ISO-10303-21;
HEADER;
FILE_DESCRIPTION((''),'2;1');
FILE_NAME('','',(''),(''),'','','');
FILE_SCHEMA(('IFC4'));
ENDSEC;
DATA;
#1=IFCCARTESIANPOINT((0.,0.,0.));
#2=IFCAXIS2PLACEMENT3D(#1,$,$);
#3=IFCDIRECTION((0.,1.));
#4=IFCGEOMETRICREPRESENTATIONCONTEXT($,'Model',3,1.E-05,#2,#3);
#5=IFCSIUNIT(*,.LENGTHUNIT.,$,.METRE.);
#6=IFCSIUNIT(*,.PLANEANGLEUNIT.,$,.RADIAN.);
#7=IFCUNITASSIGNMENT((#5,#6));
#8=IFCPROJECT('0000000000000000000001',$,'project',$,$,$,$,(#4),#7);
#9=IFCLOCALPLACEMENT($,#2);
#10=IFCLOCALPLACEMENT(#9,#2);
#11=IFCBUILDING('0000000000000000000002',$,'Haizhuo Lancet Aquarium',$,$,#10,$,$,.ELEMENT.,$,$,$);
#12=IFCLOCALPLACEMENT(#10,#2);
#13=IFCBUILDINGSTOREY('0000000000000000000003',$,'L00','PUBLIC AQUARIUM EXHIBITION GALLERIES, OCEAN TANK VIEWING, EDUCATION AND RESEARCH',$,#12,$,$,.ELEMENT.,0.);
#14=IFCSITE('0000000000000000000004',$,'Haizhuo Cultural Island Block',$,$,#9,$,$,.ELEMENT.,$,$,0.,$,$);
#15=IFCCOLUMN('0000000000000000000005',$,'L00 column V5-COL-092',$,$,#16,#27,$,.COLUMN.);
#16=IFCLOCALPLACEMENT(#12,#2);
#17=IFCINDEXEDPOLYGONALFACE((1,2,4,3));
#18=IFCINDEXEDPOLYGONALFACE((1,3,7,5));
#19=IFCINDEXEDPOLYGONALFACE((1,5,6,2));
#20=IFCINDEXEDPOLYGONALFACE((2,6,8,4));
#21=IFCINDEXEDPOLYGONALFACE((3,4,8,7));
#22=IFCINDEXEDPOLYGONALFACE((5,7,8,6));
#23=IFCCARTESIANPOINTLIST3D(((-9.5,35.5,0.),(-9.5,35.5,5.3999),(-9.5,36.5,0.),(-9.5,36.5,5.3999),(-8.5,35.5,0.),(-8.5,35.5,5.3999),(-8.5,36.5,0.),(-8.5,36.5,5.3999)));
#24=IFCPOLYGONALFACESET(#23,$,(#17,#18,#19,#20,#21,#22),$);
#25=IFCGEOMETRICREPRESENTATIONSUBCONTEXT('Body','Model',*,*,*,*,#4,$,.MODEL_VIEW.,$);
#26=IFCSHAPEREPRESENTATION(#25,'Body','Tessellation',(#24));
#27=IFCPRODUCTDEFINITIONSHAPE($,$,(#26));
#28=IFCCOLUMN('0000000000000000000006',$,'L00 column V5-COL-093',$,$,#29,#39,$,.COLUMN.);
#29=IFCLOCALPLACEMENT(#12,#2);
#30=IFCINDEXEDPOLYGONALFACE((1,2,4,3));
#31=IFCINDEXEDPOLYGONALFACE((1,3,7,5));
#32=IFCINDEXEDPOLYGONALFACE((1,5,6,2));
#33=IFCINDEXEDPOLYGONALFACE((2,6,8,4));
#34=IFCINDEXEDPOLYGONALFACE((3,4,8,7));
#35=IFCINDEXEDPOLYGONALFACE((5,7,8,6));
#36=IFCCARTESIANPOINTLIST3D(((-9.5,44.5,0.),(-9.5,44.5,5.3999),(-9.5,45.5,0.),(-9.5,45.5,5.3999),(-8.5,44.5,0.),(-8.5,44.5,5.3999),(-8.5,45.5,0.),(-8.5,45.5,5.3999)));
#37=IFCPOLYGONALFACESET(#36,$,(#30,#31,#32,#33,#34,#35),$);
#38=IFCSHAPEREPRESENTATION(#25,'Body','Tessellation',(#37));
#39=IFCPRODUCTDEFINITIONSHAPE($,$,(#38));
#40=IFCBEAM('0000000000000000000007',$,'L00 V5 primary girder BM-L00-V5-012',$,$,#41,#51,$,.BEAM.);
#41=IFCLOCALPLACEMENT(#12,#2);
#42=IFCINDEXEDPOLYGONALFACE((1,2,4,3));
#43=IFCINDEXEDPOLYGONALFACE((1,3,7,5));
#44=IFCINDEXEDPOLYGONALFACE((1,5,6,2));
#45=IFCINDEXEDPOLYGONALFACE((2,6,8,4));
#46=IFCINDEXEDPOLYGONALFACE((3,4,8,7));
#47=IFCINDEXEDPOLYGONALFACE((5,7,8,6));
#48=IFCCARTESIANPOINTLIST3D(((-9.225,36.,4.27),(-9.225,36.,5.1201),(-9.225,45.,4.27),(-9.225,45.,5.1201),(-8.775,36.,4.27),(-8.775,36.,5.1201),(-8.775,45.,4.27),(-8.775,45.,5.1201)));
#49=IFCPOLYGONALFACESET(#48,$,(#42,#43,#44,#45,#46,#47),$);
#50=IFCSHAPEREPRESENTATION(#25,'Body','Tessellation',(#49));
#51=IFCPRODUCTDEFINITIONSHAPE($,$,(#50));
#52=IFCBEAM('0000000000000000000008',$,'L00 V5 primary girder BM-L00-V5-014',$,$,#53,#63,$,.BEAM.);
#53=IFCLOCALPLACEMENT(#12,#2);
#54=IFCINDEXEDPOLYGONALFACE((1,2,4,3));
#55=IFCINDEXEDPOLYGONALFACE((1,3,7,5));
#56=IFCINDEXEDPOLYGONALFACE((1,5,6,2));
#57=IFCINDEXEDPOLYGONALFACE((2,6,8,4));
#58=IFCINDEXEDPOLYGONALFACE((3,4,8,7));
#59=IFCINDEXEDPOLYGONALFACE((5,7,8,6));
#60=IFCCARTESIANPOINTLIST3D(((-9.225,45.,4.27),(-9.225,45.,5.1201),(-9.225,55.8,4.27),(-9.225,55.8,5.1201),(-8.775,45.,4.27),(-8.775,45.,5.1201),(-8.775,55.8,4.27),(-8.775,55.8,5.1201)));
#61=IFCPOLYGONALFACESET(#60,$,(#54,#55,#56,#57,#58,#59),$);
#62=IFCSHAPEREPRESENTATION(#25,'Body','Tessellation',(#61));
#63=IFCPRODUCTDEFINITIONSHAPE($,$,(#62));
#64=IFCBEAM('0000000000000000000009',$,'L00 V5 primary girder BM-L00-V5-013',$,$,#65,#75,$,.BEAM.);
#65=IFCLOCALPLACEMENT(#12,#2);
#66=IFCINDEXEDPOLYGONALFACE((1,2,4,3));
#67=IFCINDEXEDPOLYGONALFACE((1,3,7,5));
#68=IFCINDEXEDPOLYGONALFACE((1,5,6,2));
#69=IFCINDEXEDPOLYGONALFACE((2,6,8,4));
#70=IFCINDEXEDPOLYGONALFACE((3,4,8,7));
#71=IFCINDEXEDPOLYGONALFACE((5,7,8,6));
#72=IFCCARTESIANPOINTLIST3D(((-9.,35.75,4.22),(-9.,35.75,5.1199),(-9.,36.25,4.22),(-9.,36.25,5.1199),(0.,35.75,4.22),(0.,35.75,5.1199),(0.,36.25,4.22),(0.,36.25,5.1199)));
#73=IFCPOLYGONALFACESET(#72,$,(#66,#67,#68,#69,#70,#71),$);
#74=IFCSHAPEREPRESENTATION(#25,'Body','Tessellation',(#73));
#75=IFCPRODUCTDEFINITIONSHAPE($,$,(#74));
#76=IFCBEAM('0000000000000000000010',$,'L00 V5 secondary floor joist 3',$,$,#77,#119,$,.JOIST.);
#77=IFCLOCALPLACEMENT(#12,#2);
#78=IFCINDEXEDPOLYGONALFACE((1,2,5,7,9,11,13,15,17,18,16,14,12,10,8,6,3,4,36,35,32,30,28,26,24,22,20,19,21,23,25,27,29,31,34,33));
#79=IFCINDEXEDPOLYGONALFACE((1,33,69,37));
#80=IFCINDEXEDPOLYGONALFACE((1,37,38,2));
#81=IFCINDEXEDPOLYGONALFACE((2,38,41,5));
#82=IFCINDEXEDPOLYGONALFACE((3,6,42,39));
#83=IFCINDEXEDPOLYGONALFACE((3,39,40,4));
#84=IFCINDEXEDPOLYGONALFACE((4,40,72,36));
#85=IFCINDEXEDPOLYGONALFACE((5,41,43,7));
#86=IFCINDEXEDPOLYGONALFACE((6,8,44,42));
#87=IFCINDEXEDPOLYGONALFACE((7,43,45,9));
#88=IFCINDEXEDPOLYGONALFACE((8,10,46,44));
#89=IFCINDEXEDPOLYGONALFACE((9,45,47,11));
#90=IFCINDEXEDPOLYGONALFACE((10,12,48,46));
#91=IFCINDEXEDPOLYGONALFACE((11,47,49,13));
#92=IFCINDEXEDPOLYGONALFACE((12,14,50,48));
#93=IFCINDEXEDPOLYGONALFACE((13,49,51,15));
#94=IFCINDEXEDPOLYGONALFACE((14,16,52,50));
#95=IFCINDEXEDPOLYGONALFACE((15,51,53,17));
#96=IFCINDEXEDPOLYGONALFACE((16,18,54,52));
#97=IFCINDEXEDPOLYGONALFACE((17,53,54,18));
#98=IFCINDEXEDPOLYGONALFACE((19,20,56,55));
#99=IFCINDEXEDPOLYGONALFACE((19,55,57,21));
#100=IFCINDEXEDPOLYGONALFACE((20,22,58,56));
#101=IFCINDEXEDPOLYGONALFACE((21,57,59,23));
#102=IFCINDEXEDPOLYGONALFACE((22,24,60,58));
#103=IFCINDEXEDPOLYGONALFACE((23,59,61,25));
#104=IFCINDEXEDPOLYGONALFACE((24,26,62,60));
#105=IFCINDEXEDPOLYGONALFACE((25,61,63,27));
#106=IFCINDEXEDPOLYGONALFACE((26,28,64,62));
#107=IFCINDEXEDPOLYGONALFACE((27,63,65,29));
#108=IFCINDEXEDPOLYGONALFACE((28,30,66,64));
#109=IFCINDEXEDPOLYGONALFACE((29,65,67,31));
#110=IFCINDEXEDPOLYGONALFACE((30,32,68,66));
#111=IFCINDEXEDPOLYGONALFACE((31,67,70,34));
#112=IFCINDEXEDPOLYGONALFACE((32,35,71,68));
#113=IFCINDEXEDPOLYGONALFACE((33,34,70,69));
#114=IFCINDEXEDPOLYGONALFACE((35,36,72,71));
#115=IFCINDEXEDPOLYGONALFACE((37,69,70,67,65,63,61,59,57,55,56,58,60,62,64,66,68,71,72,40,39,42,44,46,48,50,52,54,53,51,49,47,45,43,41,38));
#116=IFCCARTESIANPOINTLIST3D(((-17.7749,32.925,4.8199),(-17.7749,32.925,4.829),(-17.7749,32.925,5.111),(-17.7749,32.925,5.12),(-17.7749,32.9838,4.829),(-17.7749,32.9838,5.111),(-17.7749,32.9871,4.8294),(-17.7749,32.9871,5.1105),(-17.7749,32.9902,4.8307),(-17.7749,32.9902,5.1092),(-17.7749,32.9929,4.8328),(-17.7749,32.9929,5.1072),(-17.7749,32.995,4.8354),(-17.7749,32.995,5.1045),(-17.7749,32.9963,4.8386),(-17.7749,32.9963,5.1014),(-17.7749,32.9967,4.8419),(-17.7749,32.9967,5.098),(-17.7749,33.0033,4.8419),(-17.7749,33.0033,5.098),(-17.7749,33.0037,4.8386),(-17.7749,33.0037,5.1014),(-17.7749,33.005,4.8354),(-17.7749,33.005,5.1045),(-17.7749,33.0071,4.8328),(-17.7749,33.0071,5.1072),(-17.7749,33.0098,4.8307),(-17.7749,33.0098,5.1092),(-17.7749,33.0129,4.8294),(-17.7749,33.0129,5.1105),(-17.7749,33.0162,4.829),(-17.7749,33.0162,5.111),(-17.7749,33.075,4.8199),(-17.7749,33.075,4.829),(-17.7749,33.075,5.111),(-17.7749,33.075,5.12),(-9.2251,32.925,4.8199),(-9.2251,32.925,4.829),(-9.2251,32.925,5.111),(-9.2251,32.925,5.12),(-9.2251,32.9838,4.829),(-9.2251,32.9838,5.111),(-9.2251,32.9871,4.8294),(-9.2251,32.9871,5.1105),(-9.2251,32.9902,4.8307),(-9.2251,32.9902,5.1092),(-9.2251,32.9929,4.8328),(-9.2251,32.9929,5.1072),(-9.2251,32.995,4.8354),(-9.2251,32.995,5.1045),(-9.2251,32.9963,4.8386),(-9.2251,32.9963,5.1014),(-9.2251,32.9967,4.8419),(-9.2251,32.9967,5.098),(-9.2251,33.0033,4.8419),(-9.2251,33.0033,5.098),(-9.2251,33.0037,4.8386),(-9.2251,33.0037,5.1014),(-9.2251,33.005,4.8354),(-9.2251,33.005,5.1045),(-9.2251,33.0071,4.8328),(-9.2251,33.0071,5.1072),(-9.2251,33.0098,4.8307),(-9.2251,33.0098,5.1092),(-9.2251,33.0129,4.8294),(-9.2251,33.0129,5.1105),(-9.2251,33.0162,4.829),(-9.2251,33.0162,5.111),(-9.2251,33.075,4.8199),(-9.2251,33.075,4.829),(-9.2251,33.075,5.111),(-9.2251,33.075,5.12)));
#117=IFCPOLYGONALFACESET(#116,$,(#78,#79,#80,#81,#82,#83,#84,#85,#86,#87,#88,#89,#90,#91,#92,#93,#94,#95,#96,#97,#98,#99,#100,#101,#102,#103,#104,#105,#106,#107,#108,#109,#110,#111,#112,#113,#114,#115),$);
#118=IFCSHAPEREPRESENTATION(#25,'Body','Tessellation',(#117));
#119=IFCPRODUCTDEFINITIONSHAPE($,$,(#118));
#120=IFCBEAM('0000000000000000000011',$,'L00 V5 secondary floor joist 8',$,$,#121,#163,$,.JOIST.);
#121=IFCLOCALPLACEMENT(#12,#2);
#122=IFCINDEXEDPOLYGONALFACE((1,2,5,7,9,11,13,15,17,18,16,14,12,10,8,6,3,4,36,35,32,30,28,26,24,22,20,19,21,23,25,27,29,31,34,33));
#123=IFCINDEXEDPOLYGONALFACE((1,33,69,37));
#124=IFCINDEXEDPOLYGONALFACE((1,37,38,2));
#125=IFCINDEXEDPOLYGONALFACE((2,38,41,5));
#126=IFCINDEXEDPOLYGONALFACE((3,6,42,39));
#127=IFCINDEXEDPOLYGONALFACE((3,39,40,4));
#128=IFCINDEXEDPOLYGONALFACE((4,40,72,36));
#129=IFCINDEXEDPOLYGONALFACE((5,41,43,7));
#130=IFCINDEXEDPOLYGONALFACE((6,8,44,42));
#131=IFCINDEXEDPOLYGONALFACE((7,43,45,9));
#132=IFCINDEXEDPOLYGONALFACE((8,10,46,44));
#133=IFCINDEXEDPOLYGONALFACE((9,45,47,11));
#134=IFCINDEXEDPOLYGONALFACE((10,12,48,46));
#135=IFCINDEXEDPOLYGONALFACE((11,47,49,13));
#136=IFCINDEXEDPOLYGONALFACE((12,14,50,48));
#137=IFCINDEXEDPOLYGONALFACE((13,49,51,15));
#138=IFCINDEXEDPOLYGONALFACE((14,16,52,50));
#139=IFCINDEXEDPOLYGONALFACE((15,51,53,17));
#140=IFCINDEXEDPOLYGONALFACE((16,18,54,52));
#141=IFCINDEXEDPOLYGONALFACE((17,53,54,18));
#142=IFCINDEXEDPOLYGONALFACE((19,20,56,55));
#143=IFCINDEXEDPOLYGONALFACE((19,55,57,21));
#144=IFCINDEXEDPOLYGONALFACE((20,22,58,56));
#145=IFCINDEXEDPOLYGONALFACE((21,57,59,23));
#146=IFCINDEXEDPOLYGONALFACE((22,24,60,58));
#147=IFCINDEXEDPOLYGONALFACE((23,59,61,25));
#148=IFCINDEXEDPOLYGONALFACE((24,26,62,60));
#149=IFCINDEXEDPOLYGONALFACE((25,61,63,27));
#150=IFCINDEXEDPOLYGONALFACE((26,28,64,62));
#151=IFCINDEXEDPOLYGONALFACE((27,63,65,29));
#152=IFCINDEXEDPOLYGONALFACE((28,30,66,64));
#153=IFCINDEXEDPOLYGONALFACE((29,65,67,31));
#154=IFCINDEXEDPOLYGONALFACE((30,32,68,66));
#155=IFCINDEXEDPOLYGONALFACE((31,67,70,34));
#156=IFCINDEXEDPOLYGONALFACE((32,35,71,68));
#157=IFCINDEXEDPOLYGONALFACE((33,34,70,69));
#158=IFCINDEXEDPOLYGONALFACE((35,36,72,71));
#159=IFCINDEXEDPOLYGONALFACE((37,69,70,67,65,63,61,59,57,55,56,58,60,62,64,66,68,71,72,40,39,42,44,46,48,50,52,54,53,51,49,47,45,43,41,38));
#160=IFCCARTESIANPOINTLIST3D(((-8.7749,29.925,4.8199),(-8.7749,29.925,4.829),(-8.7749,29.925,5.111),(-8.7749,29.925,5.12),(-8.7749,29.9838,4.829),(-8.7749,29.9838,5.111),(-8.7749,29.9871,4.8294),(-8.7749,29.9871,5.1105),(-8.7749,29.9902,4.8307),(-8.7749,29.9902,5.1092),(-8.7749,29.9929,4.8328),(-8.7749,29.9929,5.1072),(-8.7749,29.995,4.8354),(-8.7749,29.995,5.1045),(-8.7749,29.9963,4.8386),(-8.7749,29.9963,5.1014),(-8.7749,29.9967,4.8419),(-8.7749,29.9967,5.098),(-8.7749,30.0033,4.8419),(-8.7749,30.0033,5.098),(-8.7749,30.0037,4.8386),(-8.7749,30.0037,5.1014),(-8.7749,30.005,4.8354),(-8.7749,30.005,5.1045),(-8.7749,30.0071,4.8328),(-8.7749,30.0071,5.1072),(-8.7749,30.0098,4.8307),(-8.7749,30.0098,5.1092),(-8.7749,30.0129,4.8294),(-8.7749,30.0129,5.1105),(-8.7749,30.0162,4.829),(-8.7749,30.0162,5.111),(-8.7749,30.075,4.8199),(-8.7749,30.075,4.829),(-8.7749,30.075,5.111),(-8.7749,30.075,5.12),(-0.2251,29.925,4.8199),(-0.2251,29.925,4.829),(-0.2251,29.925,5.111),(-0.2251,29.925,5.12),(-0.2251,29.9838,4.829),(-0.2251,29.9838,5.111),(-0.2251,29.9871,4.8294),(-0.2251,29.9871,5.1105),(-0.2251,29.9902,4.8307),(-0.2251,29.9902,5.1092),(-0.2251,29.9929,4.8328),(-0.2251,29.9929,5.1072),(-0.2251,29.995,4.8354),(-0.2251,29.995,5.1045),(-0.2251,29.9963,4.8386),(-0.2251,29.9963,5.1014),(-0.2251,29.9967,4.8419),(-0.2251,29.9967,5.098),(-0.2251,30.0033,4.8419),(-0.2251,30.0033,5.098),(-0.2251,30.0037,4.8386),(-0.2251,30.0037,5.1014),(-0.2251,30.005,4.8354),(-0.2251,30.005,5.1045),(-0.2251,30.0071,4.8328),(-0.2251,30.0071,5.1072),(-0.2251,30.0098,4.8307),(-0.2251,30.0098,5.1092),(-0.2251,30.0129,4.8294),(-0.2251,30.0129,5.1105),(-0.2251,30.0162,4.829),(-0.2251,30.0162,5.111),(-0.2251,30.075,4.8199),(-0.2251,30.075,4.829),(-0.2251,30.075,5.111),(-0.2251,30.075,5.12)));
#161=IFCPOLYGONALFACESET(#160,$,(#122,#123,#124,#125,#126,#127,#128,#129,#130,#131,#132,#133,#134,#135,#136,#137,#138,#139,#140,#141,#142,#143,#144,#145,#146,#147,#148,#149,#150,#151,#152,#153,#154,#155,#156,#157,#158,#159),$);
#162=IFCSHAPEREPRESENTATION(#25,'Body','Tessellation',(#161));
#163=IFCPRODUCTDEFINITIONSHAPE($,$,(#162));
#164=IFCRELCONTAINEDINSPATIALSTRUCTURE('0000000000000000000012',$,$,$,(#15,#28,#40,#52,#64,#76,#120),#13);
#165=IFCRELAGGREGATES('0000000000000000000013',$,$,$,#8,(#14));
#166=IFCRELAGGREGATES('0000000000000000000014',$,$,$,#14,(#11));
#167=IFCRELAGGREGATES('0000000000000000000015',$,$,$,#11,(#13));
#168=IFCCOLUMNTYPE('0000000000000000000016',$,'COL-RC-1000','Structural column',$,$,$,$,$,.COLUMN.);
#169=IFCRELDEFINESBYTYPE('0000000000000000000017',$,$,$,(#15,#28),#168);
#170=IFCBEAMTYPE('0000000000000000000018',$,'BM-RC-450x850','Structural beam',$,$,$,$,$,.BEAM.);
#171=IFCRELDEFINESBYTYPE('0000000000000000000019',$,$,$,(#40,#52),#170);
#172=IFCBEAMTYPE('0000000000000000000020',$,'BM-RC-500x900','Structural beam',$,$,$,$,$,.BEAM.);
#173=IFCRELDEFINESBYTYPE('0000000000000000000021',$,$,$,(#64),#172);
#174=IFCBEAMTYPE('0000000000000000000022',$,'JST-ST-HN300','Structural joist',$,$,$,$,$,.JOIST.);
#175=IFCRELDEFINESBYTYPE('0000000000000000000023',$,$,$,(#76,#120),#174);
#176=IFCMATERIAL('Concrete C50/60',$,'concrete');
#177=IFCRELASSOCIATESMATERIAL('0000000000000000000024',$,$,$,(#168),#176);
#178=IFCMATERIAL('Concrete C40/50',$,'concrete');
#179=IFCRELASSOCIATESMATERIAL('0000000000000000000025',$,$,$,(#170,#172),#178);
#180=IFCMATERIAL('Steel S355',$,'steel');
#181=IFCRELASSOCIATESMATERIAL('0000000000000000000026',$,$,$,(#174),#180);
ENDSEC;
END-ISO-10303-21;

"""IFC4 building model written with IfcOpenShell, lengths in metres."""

from ifc_helpers import new_model, si_unit, direction, frame, origin, origin_2d, place, context, subcontext, project, spatial, rectangle, i_section, extrude, material, material_profile, profile_set, type_object, element, save


model = new_model("IFC4")

# Units and contexts
model_context = context("Model", 3, precision=1e-05, world=origin(), true_north=direction((0.0, 1.0)))
body_context = subcontext(model_context, "Body", "Model", "MODEL_VIEW")
ifc_project = project(units=[si_unit("LENGTHUNIT", "METRE"), si_unit("PLANEANGLEUNIT", "RADIAN")], contexts=[model_context])

# Site, building, storey
site_placement = place(None, origin())
site = spatial("IfcSite", under=ifc_project, at=site_placement, Name="Haizhuo Cultural Island Block", CompositionType="ELEMENT", RefElevation=0.0)
building_placement = place(site_placement, origin())
building = spatial("IfcBuilding", under=site, at=building_placement, Name="Haizhuo Lancet Aquarium", CompositionType="ELEMENT")
storey_placement = place(building_placement, origin())
storey = spatial("IfcBuildingStorey", under=building, at=storey_placement, Name="L00", Description="PUBLIC AQUARIUM EXHIBITION GALLERIES, OCEAN TANK VIEWING, EDUCATION AND RESEARCH", CompositionType="ELEMENT", Elevation=0.0)

# Columns
ifc_material_1 = material(Name="Concrete C50/60", Category="concrete")
ifc_material_profile_1 = material_profile(ifc_material_1, rectangle(XDim=1.0, YDim=1.0, at=origin_2d()), Name="RC-COL 1000x1000")
ifc_profile_set_1 = profile_set([ifc_material_profile_1], Name="Concrete C50/60")
column_type = type_object("IfcColumnType", Name="COL-RC-1000", Description="Structural column", PredefinedType="COLUMN", material=ifc_profile_set_1)
for number, where, z_axis, x_axis, name in (
    (1, (-9.0, 36.0, 0.0), (0.0, 0.0, 1.0), (1.0, 0.0, 0.0), "L00 column V5-COL-092"),
    (2, (-9.0, 45.0, 0.0), (0.0, 0.0, 1.0), (1.0, 0.0, 0.0), "L00 column V5-COL-093"),
):
    element("IfcColumn", number, at=place(storey_placement, frame(where, z_axis=z_axis, x_axis=x_axis)), inside=storey, type_object=column_type, Name=name, PredefinedType="COLUMN", context=body_context, shape_type="SweptSolid", body=[
        extrude(rectangle(XDim=1.0, YDim=1.0, at=origin_2d()), origin(), (0.0, 0.0, 1.0), 5.3999),
    ])

# Beams
ifc_material_2 = material(Name="Concrete C40/50", Category="concrete")
ifc_material_profile_2 = material_profile(ifc_material_2, rectangle(XDim=0.45, YDim=0.8501, at=origin_2d()), Name="RC-BM 450x850")
ifc_profile_set_2 = profile_set([ifc_material_profile_2], Name="Concrete C40/50")
beam_type_1 = type_object("IfcBeamType", Name="BM-RC-450x850", Description="Structural beam", PredefinedType="BEAM", material=ifc_profile_set_2)
beam_1_placement = place(storey_placement, frame((-9.0, 36.0, 4.6951), z_axis=(0.0, 1.0, 0.0), x_axis=(-1.0, 0.0, 0.0)))
element("IfcBeam", 3, at=beam_1_placement, inside=storey, type_object=beam_type_1, Name="L00 V5 primary girder BM-L00-V5-012", PredefinedType="BEAM", context=body_context, shape_type="SweptSolid", body=[
    extrude(rectangle(XDim=0.45, YDim=0.8501, at=origin_2d()), origin(), (0.0, 0.0, 1.0), 9.0),
])
beam_2_placement = place(storey_placement, frame((-9.0, 45.0, 4.6951), z_axis=(0.0, 1.0, 0.0), x_axis=(-1.0, 0.0, 0.0)))
element("IfcBeam", 4, at=beam_2_placement, inside=storey, type_object=beam_type_1, Name="L00 V5 primary girder BM-L00-V5-014", PredefinedType="BEAM", context=body_context, shape_type="SweptSolid", body=[
    extrude(rectangle(XDim=0.45, YDim=0.8501, at=origin_2d()), origin(), (0.0, 0.0, 1.0), 10.8),
])
ifc_material_profile_3 = material_profile(ifc_material_2, rectangle(XDim=0.5, YDim=0.8999, at=origin_2d()), Name="RC-BM 500x900")
ifc_profile_set_3 = profile_set([ifc_material_profile_3], Name="Concrete C40/50")
beam_type_2 = type_object("IfcBeamType", Name="BM-RC-500x900", Description="Structural beam", PredefinedType="BEAM", material=ifc_profile_set_3)
beam_3_placement = place(storey_placement, frame((-9.0, 36.0, 4.6699), z_axis=(1.0, 0.0, 0.0), x_axis=(0.0, 1.0, 0.0)))
element("IfcBeam", 5, at=beam_3_placement, inside=storey, type_object=beam_type_2, Name="L00 V5 primary girder BM-L00-V5-013", PredefinedType="BEAM", context=body_context, shape_type="SweptSolid", body=[
    extrude(rectangle(XDim=0.5, YDim=0.8999, at=origin_2d()), origin(), (0.0, 0.0, 1.0), 9.0),
])
ifc_material_3 = material(Name="Steel S355", Category="steel")
ifc_material_profile_4 = material_profile(ifc_material_3, i_section(OverallWidth=0.1499, OverallDepth=0.3, WebThickness=0.0066, FlangeThickness=0.009, FilletRadius=0.0129, at=origin_2d()), Name="HN 300x150x6.5x9")
ifc_profile_set_4 = profile_set([ifc_material_profile_4], Name="Steel S355")
beam_type_3 = type_object("IfcBeamType", Name="JST-ST-HN300", Description="Structural joist", PredefinedType="JOIST", material=ifc_profile_set_4)
for number, where, z_axis, x_axis, name in (
    (6, (-17.7749, 33.0, 4.97), (1.0, 0.0, 0.0), (0.0, 1.0, 0.0), "L00 V5 secondary floor joist 3"),
    (7, (-8.7749, 30.0, 4.97), (1.0, 0.0, 0.0), (0.0, 1.0, 0.0), "L00 V5 secondary floor joist 8"),
):
    element("IfcBeam", number, at=place(storey_placement, frame(where, z_axis=z_axis, x_axis=x_axis)), inside=storey, type_object=beam_type_3, Name=name, PredefinedType="JOIST", context=body_context, shape_type="SweptSolid", body=[
        extrude(i_section(OverallWidth=0.1499, OverallDepth=0.3, WebThickness=0.0066, FlangeThickness=0.009, FilletRadius=0.0129, at=origin_2d()), origin(), (0.0, 0.0, 1.0), 8.5498),
    ])

save(model, "model.ifc")
